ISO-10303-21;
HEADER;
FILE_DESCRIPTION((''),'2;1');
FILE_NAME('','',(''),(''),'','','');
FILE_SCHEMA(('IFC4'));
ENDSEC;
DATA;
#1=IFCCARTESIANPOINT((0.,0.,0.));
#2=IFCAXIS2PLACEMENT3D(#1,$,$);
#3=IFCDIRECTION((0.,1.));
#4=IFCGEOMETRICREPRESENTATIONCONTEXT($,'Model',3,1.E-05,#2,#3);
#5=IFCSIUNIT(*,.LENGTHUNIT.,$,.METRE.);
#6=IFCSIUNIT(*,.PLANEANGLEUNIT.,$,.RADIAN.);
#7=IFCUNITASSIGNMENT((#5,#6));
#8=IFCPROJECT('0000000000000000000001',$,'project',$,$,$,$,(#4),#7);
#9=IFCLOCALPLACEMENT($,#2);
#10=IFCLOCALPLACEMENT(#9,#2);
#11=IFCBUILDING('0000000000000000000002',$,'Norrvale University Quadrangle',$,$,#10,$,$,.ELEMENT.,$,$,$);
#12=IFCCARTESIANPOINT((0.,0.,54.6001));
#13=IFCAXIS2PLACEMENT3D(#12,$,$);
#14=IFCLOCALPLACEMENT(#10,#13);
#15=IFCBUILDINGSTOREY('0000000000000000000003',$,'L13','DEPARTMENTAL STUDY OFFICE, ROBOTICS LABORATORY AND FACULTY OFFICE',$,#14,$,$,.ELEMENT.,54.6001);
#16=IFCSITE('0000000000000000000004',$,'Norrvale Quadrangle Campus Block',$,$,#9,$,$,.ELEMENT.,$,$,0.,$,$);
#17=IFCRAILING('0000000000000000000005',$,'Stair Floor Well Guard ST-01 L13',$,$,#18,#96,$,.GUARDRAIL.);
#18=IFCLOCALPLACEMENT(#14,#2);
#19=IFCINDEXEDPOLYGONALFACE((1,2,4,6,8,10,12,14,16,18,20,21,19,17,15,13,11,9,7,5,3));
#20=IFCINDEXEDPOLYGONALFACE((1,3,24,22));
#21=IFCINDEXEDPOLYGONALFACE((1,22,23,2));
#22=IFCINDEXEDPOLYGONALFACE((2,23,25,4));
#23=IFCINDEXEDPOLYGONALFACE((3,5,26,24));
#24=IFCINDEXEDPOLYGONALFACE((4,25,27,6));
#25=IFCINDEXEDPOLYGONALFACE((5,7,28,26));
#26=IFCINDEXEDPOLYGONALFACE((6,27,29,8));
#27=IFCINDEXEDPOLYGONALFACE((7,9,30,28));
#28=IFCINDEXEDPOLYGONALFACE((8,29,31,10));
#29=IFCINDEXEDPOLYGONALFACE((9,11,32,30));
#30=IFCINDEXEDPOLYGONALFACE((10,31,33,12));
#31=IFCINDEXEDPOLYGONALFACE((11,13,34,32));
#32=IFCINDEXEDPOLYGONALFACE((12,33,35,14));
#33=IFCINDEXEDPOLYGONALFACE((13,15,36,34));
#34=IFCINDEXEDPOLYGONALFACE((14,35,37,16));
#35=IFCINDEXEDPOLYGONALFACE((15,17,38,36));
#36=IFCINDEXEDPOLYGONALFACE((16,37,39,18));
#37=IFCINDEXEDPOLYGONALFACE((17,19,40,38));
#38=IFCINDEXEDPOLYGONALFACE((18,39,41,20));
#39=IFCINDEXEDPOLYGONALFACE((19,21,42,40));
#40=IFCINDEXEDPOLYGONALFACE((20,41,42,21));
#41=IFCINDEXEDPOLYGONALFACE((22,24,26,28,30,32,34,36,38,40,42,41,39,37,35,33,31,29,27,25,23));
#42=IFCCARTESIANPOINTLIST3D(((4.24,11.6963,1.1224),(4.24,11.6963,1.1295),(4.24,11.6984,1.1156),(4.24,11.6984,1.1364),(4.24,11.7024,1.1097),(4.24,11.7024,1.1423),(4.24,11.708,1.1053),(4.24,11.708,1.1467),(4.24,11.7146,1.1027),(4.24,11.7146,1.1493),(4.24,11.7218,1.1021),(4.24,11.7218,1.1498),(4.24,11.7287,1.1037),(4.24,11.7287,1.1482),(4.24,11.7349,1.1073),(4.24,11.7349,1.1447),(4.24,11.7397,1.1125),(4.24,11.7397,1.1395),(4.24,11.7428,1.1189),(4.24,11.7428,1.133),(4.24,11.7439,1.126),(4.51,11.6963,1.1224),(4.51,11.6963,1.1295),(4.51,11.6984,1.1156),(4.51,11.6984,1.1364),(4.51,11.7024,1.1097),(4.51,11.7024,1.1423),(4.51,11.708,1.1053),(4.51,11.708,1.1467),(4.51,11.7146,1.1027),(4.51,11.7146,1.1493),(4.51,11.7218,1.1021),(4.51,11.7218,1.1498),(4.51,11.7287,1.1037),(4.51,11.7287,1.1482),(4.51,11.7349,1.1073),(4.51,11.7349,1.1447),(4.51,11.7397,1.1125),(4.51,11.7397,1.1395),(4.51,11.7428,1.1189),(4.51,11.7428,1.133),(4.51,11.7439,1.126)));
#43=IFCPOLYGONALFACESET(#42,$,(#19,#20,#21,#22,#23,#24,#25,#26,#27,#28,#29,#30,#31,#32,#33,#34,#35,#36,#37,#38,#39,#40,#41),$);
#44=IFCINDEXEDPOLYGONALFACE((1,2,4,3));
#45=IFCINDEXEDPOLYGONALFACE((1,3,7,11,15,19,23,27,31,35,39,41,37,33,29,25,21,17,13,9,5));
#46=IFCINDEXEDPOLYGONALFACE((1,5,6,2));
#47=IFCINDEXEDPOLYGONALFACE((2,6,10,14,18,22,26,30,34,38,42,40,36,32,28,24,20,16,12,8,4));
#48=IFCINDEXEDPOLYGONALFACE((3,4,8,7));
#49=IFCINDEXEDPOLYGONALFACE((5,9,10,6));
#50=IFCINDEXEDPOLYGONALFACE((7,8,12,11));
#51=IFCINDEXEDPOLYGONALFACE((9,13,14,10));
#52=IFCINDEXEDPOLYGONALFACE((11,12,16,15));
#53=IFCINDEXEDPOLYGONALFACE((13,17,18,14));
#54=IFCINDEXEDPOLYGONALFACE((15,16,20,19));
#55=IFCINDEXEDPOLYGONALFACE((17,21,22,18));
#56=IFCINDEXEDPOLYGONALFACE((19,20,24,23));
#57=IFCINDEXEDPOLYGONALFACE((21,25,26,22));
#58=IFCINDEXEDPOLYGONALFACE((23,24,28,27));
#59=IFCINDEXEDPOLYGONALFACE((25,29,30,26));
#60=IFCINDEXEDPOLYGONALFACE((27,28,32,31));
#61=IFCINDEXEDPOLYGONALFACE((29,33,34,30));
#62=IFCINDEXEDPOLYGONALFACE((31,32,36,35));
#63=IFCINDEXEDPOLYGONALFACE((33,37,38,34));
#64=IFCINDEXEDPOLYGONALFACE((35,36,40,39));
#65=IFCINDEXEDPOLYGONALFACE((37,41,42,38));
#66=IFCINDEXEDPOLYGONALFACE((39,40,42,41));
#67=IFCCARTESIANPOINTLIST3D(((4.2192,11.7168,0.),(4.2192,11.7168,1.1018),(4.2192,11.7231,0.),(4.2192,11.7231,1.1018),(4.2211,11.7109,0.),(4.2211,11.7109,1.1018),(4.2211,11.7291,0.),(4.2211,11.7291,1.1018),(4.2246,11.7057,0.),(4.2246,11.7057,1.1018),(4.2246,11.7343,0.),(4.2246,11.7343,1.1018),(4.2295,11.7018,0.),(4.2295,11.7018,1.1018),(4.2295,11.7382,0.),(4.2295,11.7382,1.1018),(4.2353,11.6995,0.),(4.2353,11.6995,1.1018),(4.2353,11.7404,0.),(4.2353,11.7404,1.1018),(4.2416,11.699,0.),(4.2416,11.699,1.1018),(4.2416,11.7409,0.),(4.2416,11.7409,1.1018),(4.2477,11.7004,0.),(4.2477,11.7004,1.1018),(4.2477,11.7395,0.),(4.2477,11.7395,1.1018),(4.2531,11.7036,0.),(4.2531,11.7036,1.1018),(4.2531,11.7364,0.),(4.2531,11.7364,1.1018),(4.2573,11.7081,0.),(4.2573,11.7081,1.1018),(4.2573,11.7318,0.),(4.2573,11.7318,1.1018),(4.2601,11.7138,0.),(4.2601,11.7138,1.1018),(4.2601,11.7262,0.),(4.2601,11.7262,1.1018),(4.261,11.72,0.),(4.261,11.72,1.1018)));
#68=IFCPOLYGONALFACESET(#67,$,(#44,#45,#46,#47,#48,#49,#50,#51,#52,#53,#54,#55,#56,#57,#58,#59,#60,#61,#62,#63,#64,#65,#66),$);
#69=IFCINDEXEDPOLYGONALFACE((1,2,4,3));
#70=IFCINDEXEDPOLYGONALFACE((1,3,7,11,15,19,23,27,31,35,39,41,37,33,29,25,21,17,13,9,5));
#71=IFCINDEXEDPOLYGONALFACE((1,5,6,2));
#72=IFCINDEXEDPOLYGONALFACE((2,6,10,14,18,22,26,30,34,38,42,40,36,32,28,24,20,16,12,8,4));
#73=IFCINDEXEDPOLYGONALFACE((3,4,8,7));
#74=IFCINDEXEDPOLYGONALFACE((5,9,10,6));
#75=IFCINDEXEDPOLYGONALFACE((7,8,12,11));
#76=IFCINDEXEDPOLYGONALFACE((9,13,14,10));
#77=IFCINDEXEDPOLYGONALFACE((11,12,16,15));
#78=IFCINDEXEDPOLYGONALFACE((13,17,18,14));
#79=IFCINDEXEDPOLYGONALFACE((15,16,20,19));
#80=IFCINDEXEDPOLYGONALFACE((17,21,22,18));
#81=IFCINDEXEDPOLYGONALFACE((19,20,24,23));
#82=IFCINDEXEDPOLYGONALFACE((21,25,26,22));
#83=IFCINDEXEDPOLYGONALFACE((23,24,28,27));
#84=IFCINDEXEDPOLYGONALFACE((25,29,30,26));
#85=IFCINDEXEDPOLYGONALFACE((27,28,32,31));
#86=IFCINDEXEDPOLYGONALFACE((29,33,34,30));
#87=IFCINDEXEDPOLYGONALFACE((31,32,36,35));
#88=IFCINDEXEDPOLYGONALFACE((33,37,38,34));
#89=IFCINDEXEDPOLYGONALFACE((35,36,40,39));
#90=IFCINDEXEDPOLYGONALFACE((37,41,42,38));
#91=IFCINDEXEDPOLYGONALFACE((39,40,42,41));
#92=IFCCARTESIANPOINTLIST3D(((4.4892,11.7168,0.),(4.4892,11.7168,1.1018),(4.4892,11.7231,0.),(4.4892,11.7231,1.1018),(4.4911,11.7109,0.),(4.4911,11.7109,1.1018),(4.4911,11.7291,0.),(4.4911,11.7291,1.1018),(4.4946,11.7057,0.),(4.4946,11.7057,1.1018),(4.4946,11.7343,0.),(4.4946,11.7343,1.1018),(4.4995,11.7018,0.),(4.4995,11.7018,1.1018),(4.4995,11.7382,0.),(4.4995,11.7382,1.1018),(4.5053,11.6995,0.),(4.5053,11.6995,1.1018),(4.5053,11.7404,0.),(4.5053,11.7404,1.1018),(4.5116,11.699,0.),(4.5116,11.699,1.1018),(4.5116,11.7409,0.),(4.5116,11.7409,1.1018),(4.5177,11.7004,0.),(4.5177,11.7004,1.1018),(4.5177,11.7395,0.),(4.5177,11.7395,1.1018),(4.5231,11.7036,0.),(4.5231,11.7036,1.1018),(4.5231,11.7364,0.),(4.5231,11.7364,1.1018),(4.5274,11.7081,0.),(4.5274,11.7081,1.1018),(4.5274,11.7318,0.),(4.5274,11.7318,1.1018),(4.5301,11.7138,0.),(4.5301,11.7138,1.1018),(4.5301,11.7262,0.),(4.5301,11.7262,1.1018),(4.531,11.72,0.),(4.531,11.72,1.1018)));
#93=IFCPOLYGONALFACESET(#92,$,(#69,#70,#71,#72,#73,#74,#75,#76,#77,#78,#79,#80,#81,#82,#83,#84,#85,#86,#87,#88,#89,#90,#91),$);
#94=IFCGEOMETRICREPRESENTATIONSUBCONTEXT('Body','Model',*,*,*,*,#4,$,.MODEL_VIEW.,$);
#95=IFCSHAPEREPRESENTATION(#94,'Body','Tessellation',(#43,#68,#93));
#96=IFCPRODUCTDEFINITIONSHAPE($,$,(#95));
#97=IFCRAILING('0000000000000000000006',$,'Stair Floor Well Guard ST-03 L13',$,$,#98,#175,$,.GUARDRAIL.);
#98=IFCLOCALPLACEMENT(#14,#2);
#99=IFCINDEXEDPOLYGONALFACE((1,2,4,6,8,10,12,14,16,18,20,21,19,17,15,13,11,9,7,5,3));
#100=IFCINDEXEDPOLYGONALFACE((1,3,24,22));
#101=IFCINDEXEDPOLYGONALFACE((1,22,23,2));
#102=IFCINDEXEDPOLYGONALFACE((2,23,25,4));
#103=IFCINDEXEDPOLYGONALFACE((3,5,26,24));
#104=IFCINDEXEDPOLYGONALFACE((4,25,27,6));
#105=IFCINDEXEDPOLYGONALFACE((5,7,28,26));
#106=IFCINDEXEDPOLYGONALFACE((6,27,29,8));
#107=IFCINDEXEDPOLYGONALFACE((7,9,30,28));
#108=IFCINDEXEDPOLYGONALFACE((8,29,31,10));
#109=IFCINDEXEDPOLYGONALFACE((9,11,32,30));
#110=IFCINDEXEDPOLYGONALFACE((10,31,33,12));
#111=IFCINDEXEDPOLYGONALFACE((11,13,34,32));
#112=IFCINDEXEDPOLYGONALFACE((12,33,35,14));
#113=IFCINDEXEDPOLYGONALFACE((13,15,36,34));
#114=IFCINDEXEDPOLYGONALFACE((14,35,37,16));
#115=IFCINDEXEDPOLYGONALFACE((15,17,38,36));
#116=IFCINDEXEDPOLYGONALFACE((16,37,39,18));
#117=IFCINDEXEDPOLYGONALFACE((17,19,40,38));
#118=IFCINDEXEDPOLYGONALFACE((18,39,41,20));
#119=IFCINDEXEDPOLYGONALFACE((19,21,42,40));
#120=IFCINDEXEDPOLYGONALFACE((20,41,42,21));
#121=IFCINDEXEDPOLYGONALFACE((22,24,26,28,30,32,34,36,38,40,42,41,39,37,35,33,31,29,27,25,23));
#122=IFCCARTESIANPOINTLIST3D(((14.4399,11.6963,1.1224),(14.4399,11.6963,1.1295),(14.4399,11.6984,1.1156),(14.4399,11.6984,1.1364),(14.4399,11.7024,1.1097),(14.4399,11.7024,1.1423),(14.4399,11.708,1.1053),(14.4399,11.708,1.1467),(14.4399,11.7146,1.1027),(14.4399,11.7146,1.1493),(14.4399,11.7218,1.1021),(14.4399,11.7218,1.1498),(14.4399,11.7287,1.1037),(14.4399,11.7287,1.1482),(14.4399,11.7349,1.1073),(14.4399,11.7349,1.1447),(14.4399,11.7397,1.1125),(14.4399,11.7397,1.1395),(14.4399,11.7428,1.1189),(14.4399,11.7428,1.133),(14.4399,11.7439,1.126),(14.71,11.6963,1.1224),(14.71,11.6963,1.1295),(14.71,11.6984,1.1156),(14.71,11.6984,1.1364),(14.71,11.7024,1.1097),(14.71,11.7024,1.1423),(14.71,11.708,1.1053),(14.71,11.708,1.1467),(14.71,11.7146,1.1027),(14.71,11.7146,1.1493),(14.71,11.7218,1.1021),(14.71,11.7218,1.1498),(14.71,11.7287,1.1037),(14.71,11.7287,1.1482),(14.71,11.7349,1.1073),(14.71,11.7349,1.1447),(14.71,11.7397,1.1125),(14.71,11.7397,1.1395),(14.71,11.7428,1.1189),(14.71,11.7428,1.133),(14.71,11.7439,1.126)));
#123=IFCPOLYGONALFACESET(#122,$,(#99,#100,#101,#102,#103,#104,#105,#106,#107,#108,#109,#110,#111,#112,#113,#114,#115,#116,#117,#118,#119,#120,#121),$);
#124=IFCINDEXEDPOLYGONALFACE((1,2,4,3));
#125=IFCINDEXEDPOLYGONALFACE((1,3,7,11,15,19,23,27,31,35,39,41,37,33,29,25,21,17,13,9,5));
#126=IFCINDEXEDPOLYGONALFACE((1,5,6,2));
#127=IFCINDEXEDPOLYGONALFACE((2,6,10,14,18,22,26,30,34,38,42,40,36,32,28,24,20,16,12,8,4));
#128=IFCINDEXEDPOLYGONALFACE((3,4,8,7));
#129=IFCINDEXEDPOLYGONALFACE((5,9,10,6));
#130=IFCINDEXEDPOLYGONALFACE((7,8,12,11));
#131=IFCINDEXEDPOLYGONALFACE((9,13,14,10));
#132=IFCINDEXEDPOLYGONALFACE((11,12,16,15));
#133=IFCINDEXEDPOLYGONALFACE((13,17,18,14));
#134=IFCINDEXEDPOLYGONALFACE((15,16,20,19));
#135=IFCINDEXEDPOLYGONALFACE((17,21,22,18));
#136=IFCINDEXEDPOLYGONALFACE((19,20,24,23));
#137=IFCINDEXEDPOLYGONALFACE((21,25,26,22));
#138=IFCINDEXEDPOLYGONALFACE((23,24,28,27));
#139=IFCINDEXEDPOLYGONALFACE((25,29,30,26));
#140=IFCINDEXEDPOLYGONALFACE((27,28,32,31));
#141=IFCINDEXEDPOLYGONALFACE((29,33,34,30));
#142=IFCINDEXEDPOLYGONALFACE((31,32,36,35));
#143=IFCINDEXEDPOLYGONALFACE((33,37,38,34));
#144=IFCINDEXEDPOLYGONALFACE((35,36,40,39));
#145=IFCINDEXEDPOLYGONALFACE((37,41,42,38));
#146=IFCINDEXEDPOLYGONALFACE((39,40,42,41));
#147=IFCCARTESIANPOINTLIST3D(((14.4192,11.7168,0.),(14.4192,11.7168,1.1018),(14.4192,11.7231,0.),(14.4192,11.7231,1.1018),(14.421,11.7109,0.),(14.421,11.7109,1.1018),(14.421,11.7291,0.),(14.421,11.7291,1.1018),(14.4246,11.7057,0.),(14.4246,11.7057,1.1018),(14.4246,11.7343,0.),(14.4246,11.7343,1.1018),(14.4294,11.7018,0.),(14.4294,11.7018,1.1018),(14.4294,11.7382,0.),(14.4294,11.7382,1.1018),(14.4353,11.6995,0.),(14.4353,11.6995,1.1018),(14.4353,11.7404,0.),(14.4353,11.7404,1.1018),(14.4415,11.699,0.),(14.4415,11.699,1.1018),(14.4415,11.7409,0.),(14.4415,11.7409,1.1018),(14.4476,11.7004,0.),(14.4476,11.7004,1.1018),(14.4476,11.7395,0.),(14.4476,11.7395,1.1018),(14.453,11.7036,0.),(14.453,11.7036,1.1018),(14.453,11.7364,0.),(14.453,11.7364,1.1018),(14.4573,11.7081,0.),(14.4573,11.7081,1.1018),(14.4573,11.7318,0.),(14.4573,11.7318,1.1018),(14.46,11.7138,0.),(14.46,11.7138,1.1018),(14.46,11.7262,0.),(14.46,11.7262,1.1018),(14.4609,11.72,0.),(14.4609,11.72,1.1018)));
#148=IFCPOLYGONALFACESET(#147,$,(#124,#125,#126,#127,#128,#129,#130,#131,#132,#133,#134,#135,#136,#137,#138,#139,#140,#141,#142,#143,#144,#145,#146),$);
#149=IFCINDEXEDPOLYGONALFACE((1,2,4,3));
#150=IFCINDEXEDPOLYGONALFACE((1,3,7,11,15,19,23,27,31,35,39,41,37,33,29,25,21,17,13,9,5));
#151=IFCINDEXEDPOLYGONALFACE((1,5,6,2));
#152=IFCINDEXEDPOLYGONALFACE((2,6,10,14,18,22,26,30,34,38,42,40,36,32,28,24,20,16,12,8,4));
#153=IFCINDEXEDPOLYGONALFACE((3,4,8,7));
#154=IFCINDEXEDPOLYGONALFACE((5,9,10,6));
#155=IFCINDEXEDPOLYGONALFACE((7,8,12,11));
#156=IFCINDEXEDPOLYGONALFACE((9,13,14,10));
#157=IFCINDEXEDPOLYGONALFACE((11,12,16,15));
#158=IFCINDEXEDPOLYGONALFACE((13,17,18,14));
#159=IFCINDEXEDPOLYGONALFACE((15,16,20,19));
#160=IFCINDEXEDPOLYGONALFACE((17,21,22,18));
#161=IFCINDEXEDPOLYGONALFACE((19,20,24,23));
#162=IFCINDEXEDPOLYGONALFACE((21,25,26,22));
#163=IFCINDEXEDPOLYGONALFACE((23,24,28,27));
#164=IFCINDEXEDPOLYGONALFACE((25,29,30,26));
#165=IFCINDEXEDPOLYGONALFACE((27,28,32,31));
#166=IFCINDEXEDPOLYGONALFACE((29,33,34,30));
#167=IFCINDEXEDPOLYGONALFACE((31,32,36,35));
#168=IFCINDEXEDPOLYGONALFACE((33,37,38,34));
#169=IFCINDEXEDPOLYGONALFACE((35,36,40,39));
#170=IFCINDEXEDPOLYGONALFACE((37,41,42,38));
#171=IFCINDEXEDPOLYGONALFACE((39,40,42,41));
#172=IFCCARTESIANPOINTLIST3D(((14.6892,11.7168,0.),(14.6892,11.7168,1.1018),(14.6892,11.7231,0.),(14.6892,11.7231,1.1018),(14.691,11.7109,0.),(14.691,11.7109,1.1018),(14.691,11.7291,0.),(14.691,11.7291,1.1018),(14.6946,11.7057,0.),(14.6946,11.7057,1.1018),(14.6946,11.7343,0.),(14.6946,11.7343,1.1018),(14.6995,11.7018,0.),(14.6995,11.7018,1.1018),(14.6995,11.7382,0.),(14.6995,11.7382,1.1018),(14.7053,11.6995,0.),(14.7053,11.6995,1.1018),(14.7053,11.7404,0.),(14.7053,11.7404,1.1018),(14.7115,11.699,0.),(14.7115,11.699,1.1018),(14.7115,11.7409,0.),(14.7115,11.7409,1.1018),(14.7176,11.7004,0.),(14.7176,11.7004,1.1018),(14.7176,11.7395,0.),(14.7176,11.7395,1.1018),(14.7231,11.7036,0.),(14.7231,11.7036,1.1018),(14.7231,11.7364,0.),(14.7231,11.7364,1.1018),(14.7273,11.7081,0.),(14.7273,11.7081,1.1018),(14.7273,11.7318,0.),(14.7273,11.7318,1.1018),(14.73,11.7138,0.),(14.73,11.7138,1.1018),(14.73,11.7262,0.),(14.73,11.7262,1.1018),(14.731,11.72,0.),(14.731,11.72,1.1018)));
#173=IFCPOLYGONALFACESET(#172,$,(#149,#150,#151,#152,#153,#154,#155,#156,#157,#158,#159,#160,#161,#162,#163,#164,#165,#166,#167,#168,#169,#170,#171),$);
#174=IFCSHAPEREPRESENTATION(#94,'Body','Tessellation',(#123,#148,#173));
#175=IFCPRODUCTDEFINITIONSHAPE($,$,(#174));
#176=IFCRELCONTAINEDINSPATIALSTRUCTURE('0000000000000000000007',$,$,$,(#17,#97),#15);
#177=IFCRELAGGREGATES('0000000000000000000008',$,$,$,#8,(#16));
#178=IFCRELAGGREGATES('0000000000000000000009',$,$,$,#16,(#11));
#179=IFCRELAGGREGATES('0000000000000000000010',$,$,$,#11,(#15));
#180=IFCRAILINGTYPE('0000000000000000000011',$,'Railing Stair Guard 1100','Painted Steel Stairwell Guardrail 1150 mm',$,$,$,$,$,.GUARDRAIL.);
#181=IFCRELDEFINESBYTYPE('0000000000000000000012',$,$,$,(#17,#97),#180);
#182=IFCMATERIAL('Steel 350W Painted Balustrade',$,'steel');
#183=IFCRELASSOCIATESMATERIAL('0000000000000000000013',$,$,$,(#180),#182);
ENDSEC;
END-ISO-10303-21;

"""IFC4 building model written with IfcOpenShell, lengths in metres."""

from ifc_helpers import new_model, si_unit, direction, frame, origin, origin_2d, place, context, subcontext, project, spatial, circle, extrude, material, type_object, element, save


model = new_model("IFC4")

# Units and contexts
model_context = context("Model", 3, precision=1e-05, world=origin(), true_north=direction((0.0, 1.0)))
body_context = subcontext(model_context, "Body", "Model", "MODEL_VIEW")
ifc_project = project(units=[si_unit("LENGTHUNIT", "METRE"), si_unit("PLANEANGLEUNIT", "RADIAN")], contexts=[model_context])

# Site, building, storey
site_placement = place(None, origin())
site = spatial("IfcSite", under=ifc_project, at=site_placement, Name="Norrvale Quadrangle Campus Block", CompositionType="ELEMENT", RefElevation=0.0)
building_placement = place(site_placement, origin())
building = spatial("IfcBuilding", under=site, at=building_placement, Name="Norrvale University Quadrangle", CompositionType="ELEMENT")
storey_placement = place(building_placement, frame((0.0, 0.0, 54.6001)))
storey = spatial("IfcBuildingStorey", under=building, at=storey_placement, Name="L13", Description="DEPARTMENTAL STUDY OFFICE, ROBOTICS LABORATORY AND FACULTY OFFICE", CompositionType="ELEMENT", Elevation=54.6001)

# Railings
ifc_material_1 = material(Name="Steel 350W Painted Balustrade", Category="steel")
railing_type_1 = type_object("IfcRailingType", Name="Railing Stair Guard 1100", Description="Painted Steel Stairwell Guardrail 1150 mm", PredefinedType="GUARDRAIL", material=ifc_material_1)
for number, where, name in (
    (1, (4.24, 11.72, 0.0), "Stair Floor Well Guard ST-01 L13"),
    (2, (14.4399, 11.72, 0.0), "Stair Floor Well Guard ST-03 L13"),
):
    element("IfcRailing", number, at=place(storey_placement, frame(where)), inside=storey, type_object=railing_type_1, Name=name, PredefinedType="GUARDRAIL", context=body_context, shape_type="SweptSolid", body=[
        extrude(circle(Radius=0.0239, at=origin_2d()), frame((0.0, 0.0, 1.126), z_axis=(1.0, 0.0, 0.0), x_axis=(0.0, 1.0, 0.0)), (0.0, 0.0, 1.0), 0.27),
        extrude(circle(Radius=0.021, at=origin_2d()), origin(), (0.0, 0.0, 1.0), 1.1018),
        extrude(circle(Radius=0.021, at=origin_2d()), frame((0.27, 0.0, 0.0)), (0.0, 0.0, 1.0), 1.1018),
    ])

save(model, "model.ifc")
